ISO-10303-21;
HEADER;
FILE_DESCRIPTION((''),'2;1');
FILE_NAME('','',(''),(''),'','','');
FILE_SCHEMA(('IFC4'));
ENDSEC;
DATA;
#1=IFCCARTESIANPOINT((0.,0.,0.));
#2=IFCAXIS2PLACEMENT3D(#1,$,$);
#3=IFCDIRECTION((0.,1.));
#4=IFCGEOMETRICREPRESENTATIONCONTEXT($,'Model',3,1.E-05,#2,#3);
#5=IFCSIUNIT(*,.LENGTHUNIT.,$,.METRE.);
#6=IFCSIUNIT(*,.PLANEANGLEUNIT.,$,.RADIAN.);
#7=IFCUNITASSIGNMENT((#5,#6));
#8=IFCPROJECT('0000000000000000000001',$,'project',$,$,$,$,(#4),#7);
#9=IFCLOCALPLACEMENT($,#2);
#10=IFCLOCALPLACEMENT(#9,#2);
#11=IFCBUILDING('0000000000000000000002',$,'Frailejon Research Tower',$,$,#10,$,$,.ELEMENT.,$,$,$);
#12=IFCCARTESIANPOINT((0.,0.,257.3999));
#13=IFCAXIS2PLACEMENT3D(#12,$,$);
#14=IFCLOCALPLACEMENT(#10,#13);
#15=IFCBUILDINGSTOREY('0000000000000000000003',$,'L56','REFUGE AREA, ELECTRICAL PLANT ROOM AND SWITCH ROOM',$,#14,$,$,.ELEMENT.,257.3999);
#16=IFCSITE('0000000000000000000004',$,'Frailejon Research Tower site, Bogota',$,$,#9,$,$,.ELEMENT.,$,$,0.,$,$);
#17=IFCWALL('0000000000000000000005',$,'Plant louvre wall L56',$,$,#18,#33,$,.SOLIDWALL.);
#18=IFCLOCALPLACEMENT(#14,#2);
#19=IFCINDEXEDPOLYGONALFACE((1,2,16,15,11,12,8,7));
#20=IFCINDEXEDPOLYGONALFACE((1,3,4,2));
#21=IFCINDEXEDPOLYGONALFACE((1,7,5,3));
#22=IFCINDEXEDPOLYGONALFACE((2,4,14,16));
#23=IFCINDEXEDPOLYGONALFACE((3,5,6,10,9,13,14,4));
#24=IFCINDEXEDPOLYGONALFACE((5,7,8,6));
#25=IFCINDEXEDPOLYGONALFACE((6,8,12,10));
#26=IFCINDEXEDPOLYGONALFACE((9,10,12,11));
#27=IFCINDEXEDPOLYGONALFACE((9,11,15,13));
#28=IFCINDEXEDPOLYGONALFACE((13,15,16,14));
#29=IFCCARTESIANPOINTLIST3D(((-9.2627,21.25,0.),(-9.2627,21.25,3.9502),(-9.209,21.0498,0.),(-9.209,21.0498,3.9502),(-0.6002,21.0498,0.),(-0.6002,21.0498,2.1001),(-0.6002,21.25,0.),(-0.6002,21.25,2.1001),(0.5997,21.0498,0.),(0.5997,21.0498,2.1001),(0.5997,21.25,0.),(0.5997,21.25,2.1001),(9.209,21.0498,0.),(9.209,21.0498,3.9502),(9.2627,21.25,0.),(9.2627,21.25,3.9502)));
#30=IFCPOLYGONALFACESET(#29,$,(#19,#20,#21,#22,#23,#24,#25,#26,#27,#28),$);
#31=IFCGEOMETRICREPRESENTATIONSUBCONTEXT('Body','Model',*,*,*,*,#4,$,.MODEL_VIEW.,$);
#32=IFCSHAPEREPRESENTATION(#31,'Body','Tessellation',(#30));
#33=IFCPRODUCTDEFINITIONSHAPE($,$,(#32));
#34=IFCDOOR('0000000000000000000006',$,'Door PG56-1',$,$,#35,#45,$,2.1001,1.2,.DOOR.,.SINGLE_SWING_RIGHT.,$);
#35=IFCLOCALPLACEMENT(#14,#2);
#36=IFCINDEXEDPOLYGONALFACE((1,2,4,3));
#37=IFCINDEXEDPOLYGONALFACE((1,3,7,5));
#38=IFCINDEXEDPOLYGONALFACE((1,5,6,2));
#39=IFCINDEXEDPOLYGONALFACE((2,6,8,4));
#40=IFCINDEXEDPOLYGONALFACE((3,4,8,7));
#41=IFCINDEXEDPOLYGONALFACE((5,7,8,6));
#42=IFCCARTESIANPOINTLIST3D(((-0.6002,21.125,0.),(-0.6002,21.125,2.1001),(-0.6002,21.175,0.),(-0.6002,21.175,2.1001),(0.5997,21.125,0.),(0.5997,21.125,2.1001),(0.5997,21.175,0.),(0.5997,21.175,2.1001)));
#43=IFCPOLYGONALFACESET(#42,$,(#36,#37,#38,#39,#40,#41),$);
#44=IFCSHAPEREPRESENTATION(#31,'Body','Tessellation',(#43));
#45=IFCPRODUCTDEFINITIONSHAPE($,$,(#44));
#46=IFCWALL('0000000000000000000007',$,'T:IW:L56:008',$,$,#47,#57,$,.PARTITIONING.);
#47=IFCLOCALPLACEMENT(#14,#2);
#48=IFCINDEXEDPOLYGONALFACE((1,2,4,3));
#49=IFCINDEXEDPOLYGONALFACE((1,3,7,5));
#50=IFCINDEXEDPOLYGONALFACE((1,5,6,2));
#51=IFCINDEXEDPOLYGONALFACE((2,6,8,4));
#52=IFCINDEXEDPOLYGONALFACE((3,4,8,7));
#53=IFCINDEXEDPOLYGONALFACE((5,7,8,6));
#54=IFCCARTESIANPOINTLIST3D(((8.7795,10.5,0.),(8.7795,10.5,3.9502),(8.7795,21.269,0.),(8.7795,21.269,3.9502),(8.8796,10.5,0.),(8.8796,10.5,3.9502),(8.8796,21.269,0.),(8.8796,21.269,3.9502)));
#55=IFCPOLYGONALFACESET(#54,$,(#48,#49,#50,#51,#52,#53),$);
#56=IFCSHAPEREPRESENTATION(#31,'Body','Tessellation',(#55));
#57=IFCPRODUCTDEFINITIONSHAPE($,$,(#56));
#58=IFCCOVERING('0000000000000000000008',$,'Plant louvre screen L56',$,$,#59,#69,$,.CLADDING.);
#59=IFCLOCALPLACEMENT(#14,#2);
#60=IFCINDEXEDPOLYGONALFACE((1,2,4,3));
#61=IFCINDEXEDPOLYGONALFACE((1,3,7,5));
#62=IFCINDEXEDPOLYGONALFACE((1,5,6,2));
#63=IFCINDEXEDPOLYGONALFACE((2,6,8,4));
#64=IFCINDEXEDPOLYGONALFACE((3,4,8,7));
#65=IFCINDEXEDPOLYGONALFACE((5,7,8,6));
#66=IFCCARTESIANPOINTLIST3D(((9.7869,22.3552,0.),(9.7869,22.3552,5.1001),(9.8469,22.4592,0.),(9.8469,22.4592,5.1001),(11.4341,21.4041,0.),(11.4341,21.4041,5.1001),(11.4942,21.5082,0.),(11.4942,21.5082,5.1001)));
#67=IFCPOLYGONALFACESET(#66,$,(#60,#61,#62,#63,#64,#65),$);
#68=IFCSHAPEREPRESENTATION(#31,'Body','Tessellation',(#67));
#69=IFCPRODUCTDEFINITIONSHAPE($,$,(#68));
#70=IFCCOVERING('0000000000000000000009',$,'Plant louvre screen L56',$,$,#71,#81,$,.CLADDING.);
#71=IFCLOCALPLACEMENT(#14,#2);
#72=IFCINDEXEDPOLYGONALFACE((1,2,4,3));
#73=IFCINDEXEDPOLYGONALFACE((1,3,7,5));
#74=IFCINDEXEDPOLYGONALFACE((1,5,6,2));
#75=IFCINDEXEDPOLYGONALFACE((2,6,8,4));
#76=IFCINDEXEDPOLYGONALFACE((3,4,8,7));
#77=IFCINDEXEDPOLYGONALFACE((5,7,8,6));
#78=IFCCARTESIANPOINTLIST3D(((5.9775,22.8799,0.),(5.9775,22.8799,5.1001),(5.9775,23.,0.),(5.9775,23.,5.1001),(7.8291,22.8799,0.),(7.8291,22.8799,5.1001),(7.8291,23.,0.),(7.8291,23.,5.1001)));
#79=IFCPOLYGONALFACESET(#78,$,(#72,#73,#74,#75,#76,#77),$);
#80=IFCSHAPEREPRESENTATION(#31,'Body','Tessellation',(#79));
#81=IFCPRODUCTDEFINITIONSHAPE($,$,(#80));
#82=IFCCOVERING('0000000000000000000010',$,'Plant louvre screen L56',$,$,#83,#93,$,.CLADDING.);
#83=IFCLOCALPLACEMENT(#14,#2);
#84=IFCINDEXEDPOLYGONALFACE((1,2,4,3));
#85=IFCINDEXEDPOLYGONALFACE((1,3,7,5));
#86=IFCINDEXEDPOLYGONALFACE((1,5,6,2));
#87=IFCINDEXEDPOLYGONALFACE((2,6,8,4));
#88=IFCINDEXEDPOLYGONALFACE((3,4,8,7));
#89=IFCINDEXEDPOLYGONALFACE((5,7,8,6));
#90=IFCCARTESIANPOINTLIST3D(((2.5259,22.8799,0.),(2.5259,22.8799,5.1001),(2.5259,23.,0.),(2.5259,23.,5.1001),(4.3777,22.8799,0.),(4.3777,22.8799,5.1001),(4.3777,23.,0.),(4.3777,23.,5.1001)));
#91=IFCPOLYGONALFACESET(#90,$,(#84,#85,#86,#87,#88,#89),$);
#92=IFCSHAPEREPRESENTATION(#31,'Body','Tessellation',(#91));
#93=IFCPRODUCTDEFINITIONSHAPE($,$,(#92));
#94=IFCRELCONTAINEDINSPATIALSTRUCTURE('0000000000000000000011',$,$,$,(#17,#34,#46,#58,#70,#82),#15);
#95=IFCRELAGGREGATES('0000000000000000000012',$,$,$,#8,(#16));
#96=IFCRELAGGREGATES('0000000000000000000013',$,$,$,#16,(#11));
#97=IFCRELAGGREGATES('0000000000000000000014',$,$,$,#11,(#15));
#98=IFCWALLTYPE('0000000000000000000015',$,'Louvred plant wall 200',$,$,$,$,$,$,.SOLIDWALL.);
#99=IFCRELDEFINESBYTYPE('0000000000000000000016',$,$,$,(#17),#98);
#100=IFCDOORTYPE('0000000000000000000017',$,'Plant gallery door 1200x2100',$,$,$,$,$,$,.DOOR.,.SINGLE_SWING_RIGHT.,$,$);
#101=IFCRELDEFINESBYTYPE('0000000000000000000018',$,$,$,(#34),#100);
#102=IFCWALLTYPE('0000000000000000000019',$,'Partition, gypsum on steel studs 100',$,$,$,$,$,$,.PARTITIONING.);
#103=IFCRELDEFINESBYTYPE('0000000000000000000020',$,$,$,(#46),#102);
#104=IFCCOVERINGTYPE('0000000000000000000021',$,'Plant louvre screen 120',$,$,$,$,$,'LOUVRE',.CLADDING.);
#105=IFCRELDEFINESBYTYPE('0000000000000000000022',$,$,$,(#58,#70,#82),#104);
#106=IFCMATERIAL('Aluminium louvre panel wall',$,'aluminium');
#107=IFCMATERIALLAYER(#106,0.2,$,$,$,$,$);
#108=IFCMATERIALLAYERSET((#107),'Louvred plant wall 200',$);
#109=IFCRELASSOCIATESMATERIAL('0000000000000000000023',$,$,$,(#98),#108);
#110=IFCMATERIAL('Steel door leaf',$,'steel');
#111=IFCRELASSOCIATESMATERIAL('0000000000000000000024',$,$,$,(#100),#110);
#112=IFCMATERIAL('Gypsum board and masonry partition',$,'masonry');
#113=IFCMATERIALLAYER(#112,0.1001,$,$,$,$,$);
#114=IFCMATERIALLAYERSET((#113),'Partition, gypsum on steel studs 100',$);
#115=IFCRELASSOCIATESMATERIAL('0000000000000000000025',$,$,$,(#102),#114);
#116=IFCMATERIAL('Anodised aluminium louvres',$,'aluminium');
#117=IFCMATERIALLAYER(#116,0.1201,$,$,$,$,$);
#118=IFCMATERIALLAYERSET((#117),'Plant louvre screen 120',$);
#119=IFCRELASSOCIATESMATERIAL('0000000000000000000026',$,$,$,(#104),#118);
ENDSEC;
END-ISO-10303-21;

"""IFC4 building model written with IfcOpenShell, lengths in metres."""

from ifc_helpers import new_model, si_unit, direction, frame, frame_2d, origin, place, context, subcontext, project, spatial, polyline, rectangle, outline, extrude, material, layer, layer_set, type_object, element, fill, save


model = new_model("IFC4")

# Units and contexts
model_context = context("Model", 3, precision=1e-05, world=origin(), true_north=direction((0.0, 1.0)))
body_context = subcontext(model_context, "Body", "Model", "MODEL_VIEW")
ifc_project = project(units=[si_unit("LENGTHUNIT", "METRE"), si_unit("PLANEANGLEUNIT", "RADIAN")], contexts=[model_context])

# Site, building, storey
site_placement = place(None, origin())
site = spatial("IfcSite", under=ifc_project, at=site_placement, Name="Frailejon Research Tower site, Bogota", CompositionType="ELEMENT", RefElevation=0.0)
building_placement = place(site_placement, origin())
building = spatial("IfcBuilding", under=site, at=building_placement, Name="Frailejon Research Tower", CompositionType="ELEMENT")
storey_placement = place(building_placement, frame((0.0, 0.0, 257.3999)))
storey = spatial("IfcBuildingStorey", under=building, at=storey_placement, Name="L56", Description="REFUGE AREA, ELECTRICAL PLANT ROOM AND SWITCH ROOM", CompositionType="ELEMENT", Elevation=257.3999)

# Wall, opening, door
ifc_material_1 = material(Name="Aluminium louvre panel wall", Category="aluminium")
ifc_layer_1 = layer(ifc_material_1, 0.2)
ifc_layer_set_1 = layer_set([ifc_layer_1], Name="Louvred plant wall 200")
wall_type_1 = type_object("IfcWallType", Name="Louvred plant wall 200", PredefinedType="SOLIDWALL", material=ifc_layer_set_1)
wall_1_placement = place(storey_placement, frame((9.2358, 21.1499, 0.0), z_axis=(0.0, 0.0, 1.0), x_axis=(-1.0, 0.0, 0.0)))
wall_1 = element("IfcWall", 1, at=wall_1_placement, inside=storey, type_object=wall_type_1, Name="Plant louvre wall L56", PredefinedType="SOLIDWALL", context=body_context, shape_type="SweptSolid", body=[
    extrude(outline(polyline([(-0.0269, -0.1001), (18.4985, -0.1001), (18.4448, 0.1001), (0.0269, 0.1001), (-0.0269, -0.1001)])), origin(), (0.0, 0.0, 1.0), 3.9502),
])
opening_1_placement = place(wall_1_placement, frame((8.636, 0.0, 0.0)))
opening_1 = element("IfcOpeningElement", 2, at=opening_1_placement, cuts=wall_1, PredefinedType="OPENING", context=body_context, shape_type="SweptSolid", body=[
    extrude(rectangle(XDim=1.2, YDim=2.1001, at=frame_2d((0.6001, 1.05))), frame((0.0, 0.1099, 0.0), z_axis=(0.0, -1.0, 0.0), x_axis=(1.0, 0.0, 0.0)), (0.0, 0.0, 1.0), 0.22),
])
ifc_material_2 = material(Name="Steel door leaf", Category="steel")
door_type_1 = type_object("IfcDoorType", Name="Plant gallery door 1200x2100", OperationType="SINGLE_SWING_RIGHT", PredefinedType="DOOR", material=ifc_material_2)
door_1_placement = place(opening_1_placement, origin())
door_1 = element("IfcDoor", 3, at=door_1_placement, inside=storey, type_object=door_type_1, Name="Door PG56-1", OperationType="SINGLE_SWING_RIGHT", OverallHeight=2.1001, OverallWidth=1.2, PredefinedType="DOOR", context=body_context, shape_type="SweptSolid", body=[
    extrude(rectangle(XDim=1.2, YDim=2.1001, at=frame_2d((0.6001, 1.05))), frame((0.0, 0.0249, 0.0), z_axis=(0.0, -1.0, 0.0), x_axis=(1.0, 0.0, 0.0)), (0.0, 0.0, 1.0), 0.05),
])
fill(opening_1, door_1)

# Wall
ifc_material_3 = material(Name="Gypsum board and masonry partition", Category="masonry")
ifc_layer_2 = layer(ifc_material_3, 0.1001)
ifc_layer_set_2 = layer_set([ifc_layer_2], Name="Partition, gypsum on steel studs 100")
wall_type_2 = type_object("IfcWallType", Name="Partition, gypsum on steel studs 100", PredefinedType="PARTITIONING", material=ifc_layer_set_2)
wall_2_placement = place(storey_placement, frame((8.8296, 10.5, 0.0), z_axis=(0.0, 0.0, 1.0), x_axis=(0.0, 1.0, 0.0)))
element("IfcWall", 4, at=wall_2_placement, inside=storey, type_object=wall_type_2, Name="T:IW:L56:008", PredefinedType="PARTITIONING", context=body_context, shape_type="SweptSolid", body=[
    extrude(rectangle(XDim=10.769, YDim=0.1001, at=frame_2d((5.3845, 0.0))), origin(), (0.0, 0.0, 1.0), 3.9502),
])

# Coverings
ifc_material_4 = material(Name="Anodised aluminium louvres", Category="aluminium")
ifc_layer_3 = layer(ifc_material_4, 0.1201)
ifc_layer_set_3 = layer_set([ifc_layer_3], Name="Plant louvre screen 120")
covering_type = type_object("IfcCoveringType", Name="Plant louvre screen 120", ElementType="LOUVRE", PredefinedType="CLADDING", material=ifc_layer_set_3)
covering_1_placement = place(storey_placement, frame((9.8469, 22.4592, 0.0), z_axis=(0.866024, -0.500003, 0.0), x_axis=(0.500003, 0.866024, 0.0)))
element("IfcCovering", 5, at=covering_1_placement, inside=storey, type_object=covering_type, Name="Plant louvre screen L56", PredefinedType="CLADDING", context=body_context, shape_type="SweptSolid", body=[
    extrude(outline(polyline([(-0.1201, 0.0), (0.0, 0.0), (0.0, 5.1001), (-0.1201, 5.1001), (-0.1201, 0.0)])), origin(), (0.0, 0.0, 1.0), 1.9021),
])
covering_2_placement = place(storey_placement, frame((5.9775, 23.0, 0.0), z_axis=(1.0, 0.0, 0.0), x_axis=(0.0, 1.0, 0.0)))
element("IfcCovering", 6, at=covering_2_placement, inside=storey, type_object=covering_type, Name="Plant louvre screen L56", PredefinedType="CLADDING", context=body_context, shape_type="SweptSolid", body=[
    extrude(outline(polyline([(-0.1201, 0.0), (0.0, 0.0), (0.0, 5.1001), (-0.1201, 5.1001), (-0.1201, 0.0)])), origin(), (0.0, 0.0, 1.0), 1.8516),
])
covering_3_placement = place(storey_placement, frame((2.5259, 23.0, 0.0), z_axis=(1.0, 0.0, 0.0), x_axis=(0.0, 1.0, 0.0)))
element("IfcCovering", 7, at=covering_3_placement, inside=storey, type_object=covering_type, Name="Plant louvre screen L56", PredefinedType="CLADDING", context=body_context, shape_type="SweptSolid", body=[
    extrude(outline(polyline([(-0.1201, 0.0), (0.0, 0.0), (0.0, 5.1001), (-0.1201, 5.1001), (-0.1201, 0.0)])), origin(), (0.0, 0.0, 1.0), 1.8518),
])

save(model, "model.ifc")
